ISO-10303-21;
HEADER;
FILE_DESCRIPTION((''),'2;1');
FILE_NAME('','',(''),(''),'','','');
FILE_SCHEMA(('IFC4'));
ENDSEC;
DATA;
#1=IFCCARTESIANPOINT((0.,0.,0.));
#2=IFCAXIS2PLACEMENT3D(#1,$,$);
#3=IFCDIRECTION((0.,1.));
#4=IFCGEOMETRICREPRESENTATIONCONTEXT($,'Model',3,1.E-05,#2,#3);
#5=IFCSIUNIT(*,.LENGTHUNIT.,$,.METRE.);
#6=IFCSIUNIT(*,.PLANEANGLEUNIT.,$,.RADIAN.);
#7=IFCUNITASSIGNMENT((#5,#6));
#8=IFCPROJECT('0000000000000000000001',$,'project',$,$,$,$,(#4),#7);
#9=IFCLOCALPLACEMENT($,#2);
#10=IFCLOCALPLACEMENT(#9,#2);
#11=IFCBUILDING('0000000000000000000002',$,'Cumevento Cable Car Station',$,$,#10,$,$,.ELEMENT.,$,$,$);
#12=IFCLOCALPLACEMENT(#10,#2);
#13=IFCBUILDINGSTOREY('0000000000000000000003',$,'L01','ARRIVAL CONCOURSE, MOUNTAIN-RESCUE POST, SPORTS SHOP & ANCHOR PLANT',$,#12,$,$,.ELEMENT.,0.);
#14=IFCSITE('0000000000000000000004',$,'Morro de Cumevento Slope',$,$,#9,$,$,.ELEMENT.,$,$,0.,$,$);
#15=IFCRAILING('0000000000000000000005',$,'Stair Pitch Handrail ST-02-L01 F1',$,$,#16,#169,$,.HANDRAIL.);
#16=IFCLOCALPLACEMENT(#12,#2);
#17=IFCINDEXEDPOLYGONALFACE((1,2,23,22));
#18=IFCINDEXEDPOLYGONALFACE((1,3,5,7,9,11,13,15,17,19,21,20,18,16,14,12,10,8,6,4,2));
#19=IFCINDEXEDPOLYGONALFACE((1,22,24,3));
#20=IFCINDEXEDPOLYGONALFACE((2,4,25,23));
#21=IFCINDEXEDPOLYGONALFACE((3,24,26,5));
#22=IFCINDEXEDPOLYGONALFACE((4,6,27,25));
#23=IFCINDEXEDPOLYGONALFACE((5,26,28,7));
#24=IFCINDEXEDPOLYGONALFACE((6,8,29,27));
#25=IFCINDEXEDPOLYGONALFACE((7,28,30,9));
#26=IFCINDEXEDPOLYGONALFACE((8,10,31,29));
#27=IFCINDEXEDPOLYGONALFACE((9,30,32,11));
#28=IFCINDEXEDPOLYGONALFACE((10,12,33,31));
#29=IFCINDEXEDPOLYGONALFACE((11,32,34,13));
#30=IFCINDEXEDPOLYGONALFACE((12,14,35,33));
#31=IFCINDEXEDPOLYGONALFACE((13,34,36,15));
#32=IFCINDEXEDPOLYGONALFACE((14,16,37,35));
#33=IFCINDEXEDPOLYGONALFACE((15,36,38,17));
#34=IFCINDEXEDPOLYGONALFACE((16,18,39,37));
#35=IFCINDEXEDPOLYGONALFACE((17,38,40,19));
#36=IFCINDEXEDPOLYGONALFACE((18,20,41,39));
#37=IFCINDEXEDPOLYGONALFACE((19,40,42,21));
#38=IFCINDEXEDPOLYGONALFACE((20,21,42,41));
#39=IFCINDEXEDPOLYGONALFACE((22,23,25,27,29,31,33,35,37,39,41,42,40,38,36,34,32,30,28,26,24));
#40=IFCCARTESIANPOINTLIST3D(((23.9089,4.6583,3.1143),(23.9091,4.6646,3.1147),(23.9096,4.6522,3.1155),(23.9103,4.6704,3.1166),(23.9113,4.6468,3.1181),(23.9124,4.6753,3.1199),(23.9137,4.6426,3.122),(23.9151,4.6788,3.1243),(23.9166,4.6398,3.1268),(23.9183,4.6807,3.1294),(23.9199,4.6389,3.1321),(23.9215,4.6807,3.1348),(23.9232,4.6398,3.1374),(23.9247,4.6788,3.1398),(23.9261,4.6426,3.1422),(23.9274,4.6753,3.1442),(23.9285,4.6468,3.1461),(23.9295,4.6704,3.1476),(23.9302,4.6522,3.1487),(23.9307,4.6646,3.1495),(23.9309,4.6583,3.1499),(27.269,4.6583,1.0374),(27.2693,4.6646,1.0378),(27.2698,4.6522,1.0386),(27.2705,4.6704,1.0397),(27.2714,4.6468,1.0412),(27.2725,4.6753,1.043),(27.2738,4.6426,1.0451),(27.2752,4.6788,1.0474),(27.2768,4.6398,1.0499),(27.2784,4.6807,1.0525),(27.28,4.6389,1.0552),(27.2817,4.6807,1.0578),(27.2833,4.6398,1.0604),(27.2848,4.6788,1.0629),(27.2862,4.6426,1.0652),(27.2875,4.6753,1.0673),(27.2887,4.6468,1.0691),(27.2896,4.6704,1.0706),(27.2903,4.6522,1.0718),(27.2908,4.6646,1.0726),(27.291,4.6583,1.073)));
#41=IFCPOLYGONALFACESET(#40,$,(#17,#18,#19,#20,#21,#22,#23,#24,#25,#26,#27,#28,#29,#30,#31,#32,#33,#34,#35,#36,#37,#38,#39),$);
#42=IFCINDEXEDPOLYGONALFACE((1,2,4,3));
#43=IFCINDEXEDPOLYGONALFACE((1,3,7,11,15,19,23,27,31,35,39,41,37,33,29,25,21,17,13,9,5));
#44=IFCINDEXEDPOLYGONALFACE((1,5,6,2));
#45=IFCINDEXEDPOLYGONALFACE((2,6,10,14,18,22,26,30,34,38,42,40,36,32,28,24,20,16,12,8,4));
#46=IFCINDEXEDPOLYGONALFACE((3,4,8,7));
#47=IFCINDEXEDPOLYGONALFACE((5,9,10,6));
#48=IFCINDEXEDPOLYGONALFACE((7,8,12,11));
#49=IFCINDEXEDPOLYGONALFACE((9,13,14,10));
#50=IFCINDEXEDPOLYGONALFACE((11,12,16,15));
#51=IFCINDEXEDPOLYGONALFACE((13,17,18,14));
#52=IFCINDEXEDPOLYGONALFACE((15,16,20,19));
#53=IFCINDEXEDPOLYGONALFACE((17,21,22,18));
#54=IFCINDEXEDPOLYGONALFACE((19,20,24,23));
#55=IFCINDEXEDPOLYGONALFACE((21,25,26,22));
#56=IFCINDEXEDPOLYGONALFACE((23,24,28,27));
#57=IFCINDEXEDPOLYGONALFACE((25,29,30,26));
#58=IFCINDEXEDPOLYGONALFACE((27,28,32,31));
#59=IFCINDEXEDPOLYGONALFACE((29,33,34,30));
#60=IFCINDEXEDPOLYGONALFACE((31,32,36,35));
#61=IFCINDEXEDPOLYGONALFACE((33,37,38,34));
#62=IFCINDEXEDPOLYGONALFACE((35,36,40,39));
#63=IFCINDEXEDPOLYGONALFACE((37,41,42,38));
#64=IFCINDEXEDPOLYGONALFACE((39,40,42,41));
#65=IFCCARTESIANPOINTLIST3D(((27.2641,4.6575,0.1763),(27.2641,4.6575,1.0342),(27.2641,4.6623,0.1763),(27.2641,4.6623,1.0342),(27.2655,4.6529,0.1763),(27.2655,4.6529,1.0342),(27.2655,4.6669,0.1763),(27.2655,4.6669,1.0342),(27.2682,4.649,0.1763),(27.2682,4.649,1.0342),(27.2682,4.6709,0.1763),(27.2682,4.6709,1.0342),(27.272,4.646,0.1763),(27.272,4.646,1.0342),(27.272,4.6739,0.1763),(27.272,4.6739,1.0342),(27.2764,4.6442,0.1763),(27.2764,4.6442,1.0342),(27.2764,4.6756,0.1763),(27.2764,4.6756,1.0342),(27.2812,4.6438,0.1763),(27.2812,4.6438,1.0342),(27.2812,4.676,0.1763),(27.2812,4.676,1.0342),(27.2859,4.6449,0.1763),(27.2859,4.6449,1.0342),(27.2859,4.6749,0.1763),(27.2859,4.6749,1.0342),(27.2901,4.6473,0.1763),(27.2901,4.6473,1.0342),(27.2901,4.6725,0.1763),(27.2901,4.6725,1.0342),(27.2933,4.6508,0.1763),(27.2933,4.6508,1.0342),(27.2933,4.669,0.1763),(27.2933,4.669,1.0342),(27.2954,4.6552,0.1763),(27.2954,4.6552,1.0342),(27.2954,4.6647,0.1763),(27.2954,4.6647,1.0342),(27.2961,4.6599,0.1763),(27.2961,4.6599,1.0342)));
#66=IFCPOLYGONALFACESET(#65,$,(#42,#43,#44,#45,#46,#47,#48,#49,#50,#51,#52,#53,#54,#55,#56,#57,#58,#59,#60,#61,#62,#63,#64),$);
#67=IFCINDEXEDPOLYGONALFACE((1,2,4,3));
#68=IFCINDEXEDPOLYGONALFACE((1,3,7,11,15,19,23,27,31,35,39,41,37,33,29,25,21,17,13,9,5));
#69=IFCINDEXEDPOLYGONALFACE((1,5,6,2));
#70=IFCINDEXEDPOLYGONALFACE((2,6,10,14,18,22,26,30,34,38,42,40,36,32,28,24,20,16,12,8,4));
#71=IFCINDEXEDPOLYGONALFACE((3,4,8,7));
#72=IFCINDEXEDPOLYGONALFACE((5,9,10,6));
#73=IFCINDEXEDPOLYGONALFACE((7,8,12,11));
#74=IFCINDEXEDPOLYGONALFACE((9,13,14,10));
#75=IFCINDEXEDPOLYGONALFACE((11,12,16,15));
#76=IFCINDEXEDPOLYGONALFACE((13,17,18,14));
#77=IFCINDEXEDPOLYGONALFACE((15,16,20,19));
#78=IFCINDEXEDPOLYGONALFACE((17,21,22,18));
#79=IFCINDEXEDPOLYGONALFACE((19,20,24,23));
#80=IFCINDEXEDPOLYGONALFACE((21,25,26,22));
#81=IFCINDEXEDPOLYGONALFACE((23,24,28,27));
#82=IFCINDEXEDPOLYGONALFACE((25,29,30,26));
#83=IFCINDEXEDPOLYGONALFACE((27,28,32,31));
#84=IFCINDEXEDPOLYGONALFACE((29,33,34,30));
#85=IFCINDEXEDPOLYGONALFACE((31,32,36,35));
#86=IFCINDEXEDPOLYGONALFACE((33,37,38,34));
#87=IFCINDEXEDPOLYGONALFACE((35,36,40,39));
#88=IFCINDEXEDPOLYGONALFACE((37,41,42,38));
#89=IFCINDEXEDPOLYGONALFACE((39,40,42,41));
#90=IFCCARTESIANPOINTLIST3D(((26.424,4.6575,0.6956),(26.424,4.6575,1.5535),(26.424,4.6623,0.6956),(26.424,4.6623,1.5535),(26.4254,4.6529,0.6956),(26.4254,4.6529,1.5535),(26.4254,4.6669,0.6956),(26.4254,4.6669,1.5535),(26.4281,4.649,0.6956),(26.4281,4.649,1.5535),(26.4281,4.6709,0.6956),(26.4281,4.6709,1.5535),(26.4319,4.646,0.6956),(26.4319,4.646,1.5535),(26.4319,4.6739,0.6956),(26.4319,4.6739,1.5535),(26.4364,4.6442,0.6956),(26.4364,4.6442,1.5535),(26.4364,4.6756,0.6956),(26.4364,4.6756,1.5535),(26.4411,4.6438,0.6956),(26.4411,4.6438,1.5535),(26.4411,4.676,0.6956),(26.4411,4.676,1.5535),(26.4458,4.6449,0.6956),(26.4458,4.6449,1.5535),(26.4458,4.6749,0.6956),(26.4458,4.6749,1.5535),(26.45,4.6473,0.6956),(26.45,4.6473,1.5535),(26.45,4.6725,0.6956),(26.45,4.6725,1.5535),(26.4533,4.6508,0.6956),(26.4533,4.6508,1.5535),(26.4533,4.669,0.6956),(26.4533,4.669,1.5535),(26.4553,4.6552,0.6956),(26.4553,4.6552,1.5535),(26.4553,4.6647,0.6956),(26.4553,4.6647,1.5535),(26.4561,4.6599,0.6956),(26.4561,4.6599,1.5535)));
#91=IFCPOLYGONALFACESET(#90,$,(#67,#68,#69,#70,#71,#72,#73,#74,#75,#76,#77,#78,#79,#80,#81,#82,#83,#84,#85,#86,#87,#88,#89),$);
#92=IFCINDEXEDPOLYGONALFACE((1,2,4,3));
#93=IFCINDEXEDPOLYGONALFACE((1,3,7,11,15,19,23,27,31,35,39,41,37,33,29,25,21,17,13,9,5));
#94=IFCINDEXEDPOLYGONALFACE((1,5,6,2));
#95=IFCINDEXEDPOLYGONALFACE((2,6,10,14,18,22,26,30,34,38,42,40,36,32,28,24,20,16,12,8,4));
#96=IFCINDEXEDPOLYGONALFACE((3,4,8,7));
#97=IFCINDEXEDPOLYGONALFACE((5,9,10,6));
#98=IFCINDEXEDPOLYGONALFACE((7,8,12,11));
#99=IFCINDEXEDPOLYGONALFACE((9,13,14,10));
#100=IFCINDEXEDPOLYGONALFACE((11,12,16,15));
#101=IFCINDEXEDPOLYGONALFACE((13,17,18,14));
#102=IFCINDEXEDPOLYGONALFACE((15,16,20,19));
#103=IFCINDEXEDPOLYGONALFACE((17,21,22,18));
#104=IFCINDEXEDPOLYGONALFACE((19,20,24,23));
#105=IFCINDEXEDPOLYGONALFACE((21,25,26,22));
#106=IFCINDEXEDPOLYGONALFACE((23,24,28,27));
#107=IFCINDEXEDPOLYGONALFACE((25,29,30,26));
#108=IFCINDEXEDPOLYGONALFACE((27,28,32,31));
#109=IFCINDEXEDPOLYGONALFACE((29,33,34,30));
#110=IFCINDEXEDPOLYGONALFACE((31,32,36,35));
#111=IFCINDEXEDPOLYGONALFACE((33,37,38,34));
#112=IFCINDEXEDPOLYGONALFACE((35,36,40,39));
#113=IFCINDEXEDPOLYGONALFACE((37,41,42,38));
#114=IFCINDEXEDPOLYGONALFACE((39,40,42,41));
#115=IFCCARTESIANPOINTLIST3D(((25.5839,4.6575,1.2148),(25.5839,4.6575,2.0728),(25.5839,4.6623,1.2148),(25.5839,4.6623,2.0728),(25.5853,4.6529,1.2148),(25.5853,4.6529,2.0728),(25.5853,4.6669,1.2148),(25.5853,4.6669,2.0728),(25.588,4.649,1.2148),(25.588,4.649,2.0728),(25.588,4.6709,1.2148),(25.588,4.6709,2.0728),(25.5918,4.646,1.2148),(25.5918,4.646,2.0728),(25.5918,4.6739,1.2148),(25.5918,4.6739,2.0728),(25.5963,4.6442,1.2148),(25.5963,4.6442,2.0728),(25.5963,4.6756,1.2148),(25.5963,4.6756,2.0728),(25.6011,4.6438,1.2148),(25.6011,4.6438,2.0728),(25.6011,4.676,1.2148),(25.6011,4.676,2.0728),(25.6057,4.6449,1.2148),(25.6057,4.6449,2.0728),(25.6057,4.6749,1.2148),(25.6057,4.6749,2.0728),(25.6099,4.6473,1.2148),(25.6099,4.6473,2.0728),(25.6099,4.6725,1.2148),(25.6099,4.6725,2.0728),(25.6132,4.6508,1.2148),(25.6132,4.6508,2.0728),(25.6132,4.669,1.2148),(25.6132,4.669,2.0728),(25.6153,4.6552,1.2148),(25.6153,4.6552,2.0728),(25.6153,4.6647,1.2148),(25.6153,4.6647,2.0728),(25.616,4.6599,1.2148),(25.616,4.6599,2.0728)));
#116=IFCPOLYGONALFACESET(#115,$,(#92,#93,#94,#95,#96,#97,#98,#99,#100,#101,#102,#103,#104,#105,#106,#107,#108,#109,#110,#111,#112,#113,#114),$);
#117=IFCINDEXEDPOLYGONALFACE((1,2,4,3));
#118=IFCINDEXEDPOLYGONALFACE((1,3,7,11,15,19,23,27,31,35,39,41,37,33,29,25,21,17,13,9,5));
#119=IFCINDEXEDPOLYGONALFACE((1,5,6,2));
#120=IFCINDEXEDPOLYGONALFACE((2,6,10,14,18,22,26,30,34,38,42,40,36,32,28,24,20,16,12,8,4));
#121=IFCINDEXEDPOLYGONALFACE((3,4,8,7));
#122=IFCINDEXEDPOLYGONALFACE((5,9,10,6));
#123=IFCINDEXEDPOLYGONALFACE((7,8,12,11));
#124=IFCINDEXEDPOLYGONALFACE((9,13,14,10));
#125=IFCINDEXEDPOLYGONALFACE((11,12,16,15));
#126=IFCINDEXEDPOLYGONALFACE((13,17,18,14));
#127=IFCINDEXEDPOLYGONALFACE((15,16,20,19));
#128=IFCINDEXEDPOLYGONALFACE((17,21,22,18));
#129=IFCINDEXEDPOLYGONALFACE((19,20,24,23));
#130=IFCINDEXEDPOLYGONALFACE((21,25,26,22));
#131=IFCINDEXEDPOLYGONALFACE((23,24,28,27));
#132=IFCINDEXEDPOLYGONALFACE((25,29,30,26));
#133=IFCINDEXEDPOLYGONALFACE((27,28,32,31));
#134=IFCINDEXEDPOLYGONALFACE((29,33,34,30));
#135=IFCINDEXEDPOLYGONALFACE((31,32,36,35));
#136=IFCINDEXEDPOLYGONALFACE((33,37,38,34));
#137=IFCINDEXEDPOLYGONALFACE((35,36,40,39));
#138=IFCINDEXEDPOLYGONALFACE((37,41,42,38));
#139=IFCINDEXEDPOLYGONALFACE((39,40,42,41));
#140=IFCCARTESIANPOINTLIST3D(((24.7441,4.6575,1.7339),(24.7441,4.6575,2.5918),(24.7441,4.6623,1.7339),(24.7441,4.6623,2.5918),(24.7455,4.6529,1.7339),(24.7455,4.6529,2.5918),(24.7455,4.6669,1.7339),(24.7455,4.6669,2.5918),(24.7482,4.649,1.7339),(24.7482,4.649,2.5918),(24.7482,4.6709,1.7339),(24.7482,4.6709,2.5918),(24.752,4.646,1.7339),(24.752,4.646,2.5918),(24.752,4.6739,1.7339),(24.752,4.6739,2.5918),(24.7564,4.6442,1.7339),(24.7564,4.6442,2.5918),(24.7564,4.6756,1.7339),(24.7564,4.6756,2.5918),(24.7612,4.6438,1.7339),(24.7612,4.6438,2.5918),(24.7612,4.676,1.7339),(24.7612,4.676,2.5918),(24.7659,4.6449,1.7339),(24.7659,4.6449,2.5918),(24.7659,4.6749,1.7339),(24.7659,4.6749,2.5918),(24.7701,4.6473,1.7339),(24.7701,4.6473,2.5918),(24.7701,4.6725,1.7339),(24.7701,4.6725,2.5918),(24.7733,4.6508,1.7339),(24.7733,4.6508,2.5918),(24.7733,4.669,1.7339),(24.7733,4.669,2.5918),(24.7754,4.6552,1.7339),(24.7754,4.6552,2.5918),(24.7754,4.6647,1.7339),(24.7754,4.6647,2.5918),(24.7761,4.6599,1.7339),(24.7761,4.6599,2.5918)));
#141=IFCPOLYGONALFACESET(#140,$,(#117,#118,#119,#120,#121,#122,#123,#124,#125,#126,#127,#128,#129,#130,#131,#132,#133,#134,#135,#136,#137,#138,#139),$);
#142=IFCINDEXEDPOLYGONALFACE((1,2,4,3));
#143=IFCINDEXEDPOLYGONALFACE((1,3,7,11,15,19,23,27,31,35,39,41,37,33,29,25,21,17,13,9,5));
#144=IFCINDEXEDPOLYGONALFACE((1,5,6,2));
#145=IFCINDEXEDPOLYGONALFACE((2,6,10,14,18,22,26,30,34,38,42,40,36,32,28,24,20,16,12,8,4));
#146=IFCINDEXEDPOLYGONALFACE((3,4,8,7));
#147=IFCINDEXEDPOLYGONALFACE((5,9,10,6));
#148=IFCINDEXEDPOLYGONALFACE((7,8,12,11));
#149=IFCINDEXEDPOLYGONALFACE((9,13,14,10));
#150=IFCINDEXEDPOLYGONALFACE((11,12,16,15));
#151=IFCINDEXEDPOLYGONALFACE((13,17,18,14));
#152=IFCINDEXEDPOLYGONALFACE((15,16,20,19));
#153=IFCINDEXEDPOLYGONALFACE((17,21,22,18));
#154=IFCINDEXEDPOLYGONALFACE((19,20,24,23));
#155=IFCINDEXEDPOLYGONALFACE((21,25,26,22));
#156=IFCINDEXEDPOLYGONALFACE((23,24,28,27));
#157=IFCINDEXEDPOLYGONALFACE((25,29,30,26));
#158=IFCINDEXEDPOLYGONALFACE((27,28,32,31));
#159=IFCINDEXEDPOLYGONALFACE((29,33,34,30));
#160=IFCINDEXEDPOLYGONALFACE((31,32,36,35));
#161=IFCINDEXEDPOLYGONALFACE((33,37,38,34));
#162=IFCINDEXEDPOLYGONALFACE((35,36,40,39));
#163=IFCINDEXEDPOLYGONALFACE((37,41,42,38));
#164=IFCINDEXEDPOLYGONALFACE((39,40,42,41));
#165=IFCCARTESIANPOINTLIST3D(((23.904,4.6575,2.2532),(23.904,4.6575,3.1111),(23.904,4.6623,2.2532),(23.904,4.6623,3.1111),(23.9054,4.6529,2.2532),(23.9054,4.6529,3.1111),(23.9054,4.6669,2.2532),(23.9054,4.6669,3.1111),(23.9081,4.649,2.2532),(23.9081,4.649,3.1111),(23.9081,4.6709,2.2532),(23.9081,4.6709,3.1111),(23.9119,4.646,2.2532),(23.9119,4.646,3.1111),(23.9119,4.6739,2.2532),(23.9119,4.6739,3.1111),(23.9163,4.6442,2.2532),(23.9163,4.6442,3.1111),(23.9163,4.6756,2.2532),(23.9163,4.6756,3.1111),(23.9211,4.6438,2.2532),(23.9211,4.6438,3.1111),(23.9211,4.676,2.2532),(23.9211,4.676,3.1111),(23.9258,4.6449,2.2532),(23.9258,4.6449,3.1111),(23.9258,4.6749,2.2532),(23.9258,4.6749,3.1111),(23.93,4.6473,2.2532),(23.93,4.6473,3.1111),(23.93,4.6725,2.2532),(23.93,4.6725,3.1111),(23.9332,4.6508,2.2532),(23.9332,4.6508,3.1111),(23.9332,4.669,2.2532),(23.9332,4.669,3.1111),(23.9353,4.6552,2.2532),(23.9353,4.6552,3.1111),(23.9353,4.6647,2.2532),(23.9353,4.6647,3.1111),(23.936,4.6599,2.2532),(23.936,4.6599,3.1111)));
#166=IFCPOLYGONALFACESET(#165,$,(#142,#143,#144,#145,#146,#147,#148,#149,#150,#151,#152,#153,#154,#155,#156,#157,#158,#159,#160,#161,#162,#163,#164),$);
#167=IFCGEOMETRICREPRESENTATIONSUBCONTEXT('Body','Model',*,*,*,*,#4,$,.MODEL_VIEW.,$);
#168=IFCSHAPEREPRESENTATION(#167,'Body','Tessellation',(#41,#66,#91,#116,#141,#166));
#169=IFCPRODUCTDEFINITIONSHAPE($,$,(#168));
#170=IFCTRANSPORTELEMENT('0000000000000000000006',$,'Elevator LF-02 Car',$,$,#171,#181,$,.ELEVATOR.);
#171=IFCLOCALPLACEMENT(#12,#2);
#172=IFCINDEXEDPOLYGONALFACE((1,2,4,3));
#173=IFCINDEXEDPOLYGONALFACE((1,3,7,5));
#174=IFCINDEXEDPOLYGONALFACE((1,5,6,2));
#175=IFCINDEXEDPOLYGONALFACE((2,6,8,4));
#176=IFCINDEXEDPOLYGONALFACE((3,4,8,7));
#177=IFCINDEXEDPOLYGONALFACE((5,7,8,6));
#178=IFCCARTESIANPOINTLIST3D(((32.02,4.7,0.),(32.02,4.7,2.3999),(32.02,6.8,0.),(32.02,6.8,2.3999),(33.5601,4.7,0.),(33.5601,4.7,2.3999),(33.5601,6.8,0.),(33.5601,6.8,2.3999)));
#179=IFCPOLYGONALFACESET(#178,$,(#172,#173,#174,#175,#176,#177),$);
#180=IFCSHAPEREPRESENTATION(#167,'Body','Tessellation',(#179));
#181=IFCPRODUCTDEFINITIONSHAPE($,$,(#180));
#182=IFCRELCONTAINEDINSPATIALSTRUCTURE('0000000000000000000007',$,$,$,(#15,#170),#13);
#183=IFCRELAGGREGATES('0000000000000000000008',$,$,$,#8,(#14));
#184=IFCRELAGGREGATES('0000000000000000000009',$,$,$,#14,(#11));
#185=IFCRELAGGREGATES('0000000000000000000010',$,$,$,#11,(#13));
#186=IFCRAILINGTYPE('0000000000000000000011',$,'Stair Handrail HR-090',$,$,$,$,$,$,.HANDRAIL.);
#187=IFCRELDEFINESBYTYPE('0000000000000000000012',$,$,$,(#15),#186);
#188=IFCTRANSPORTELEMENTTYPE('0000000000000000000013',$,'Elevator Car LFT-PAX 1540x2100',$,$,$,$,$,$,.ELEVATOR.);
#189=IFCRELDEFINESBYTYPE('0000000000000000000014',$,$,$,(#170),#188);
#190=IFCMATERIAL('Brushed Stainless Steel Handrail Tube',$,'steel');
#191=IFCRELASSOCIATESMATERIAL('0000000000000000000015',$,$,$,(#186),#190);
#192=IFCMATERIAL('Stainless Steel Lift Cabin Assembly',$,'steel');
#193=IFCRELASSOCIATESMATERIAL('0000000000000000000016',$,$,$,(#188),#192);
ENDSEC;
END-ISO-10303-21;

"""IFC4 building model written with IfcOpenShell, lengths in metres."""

from ifc_helpers import new_model, si_unit, direction, frame, origin, origin_2d, place, context, subcontext, project, spatial, rectangle, circle, extrude, material, type_object, element, save


model = new_model("IFC4")

# Units and contexts
model_context = context("Model", 3, precision=1e-05, world=origin(), true_north=direction((0.0, 1.0)))
body_context = subcontext(model_context, "Body", "Model", "MODEL_VIEW")
ifc_project = project(units=[si_unit("LENGTHUNIT", "METRE"), si_unit("PLANEANGLEUNIT", "RADIAN")], contexts=[model_context])

# Site, building, storey
site_placement = place(None, origin())
site = spatial("IfcSite", under=ifc_project, at=site_placement, Name="Morro de Cumevento Slope", CompositionType="ELEMENT", RefElevation=0.0)
building_placement = place(site_placement, origin())
building = spatial("IfcBuilding", under=site, at=building_placement, Name="Cumevento Cable Car Station", CompositionType="ELEMENT")
storey_placement = place(building_placement, origin())
storey = spatial("IfcBuildingStorey", under=building, at=storey_placement, Name="L01", Description="ARRIVAL CONCOURSE, MOUNTAIN-RESCUE POST, SPORTS SHOP & ANCHOR PLANT", CompositionType="ELEMENT", Elevation=0.0)

# Railing
ifc_material_1 = material(Name="Brushed Stainless Steel Handrail Tube", Category="steel")
railing_type_1 = type_object("IfcRailingType", Name="Stair Handrail HR-090", PredefinedType="HANDRAIL", material=ifc_material_1)
railing_1_placement = place(storey_placement, frame((27.28, 4.6599, 0.1763)))
element("IfcRailing", 1, at=railing_1_placement, inside=storey, type_object=railing_type_1, Name="Stair Pitch Handrail ST-02-L01 F1", PredefinedType="HANDRAIL", context=body_context, shape_type="SweptSolid", body=[
    extrude(circle(Radius=0.021, at=origin_2d()), frame((0.0, 0.0, 0.8789), z_axis=(-0.850623, 0.0, 0.525776), x_axis=(0.0, -1.0, 0.0)), (0.0, 0.0, 1.0), 3.9502),
    extrude(circle(Radius=0.0161, at=origin_2d()), origin(), (0.0, 0.0, 1.0), 0.8579),
    extrude(circle(Radius=0.0161, at=origin_2d()), frame((-0.8401, 0.0, 0.5193)), (0.0, 0.0, 1.0), 0.8579),
    extrude(circle(Radius=0.0161, at=origin_2d()), frame((-1.6802, 0.0, 1.0386)), (0.0, 0.0, 1.0), 0.8579),
    extrude(circle(Radius=0.0161, at=origin_2d()), frame((-2.52, 0.0, 1.5576)), (0.0, 0.0, 1.0), 0.8579),
    extrude(circle(Radius=0.0161, at=origin_2d()), frame((-3.3601, 0.0, 2.0769)), (0.0, 0.0, 1.0), 0.8579),
])

# Transport element
ifc_material_2 = material(Name="Stainless Steel Lift Cabin Assembly", Category="steel")
transport_element_type = type_object("IfcTransportElementType", Name="Elevator Car LFT-PAX 1540x2100", PredefinedType="ELEVATOR", material=ifc_material_2)
transport_element_placement = place(storey_placement, frame((32.79, 5.75, 0.0), z_axis=(0.0, 0.0, 1.0), x_axis=(1.0, 0.0, 0.0)))
element("IfcTransportElement", 2, at=transport_element_placement, inside=storey, type_object=transport_element_type, Name="Elevator LF-02 Car", PredefinedType="ELEVATOR", context=body_context, shape_type="SweptSolid", body=[
    extrude(rectangle(XDim=1.54, YDim=2.1001, at=origin_2d()), origin(), (0.0, 0.0, 1.0), 2.3999),
])

save(model, "model.ifc")
